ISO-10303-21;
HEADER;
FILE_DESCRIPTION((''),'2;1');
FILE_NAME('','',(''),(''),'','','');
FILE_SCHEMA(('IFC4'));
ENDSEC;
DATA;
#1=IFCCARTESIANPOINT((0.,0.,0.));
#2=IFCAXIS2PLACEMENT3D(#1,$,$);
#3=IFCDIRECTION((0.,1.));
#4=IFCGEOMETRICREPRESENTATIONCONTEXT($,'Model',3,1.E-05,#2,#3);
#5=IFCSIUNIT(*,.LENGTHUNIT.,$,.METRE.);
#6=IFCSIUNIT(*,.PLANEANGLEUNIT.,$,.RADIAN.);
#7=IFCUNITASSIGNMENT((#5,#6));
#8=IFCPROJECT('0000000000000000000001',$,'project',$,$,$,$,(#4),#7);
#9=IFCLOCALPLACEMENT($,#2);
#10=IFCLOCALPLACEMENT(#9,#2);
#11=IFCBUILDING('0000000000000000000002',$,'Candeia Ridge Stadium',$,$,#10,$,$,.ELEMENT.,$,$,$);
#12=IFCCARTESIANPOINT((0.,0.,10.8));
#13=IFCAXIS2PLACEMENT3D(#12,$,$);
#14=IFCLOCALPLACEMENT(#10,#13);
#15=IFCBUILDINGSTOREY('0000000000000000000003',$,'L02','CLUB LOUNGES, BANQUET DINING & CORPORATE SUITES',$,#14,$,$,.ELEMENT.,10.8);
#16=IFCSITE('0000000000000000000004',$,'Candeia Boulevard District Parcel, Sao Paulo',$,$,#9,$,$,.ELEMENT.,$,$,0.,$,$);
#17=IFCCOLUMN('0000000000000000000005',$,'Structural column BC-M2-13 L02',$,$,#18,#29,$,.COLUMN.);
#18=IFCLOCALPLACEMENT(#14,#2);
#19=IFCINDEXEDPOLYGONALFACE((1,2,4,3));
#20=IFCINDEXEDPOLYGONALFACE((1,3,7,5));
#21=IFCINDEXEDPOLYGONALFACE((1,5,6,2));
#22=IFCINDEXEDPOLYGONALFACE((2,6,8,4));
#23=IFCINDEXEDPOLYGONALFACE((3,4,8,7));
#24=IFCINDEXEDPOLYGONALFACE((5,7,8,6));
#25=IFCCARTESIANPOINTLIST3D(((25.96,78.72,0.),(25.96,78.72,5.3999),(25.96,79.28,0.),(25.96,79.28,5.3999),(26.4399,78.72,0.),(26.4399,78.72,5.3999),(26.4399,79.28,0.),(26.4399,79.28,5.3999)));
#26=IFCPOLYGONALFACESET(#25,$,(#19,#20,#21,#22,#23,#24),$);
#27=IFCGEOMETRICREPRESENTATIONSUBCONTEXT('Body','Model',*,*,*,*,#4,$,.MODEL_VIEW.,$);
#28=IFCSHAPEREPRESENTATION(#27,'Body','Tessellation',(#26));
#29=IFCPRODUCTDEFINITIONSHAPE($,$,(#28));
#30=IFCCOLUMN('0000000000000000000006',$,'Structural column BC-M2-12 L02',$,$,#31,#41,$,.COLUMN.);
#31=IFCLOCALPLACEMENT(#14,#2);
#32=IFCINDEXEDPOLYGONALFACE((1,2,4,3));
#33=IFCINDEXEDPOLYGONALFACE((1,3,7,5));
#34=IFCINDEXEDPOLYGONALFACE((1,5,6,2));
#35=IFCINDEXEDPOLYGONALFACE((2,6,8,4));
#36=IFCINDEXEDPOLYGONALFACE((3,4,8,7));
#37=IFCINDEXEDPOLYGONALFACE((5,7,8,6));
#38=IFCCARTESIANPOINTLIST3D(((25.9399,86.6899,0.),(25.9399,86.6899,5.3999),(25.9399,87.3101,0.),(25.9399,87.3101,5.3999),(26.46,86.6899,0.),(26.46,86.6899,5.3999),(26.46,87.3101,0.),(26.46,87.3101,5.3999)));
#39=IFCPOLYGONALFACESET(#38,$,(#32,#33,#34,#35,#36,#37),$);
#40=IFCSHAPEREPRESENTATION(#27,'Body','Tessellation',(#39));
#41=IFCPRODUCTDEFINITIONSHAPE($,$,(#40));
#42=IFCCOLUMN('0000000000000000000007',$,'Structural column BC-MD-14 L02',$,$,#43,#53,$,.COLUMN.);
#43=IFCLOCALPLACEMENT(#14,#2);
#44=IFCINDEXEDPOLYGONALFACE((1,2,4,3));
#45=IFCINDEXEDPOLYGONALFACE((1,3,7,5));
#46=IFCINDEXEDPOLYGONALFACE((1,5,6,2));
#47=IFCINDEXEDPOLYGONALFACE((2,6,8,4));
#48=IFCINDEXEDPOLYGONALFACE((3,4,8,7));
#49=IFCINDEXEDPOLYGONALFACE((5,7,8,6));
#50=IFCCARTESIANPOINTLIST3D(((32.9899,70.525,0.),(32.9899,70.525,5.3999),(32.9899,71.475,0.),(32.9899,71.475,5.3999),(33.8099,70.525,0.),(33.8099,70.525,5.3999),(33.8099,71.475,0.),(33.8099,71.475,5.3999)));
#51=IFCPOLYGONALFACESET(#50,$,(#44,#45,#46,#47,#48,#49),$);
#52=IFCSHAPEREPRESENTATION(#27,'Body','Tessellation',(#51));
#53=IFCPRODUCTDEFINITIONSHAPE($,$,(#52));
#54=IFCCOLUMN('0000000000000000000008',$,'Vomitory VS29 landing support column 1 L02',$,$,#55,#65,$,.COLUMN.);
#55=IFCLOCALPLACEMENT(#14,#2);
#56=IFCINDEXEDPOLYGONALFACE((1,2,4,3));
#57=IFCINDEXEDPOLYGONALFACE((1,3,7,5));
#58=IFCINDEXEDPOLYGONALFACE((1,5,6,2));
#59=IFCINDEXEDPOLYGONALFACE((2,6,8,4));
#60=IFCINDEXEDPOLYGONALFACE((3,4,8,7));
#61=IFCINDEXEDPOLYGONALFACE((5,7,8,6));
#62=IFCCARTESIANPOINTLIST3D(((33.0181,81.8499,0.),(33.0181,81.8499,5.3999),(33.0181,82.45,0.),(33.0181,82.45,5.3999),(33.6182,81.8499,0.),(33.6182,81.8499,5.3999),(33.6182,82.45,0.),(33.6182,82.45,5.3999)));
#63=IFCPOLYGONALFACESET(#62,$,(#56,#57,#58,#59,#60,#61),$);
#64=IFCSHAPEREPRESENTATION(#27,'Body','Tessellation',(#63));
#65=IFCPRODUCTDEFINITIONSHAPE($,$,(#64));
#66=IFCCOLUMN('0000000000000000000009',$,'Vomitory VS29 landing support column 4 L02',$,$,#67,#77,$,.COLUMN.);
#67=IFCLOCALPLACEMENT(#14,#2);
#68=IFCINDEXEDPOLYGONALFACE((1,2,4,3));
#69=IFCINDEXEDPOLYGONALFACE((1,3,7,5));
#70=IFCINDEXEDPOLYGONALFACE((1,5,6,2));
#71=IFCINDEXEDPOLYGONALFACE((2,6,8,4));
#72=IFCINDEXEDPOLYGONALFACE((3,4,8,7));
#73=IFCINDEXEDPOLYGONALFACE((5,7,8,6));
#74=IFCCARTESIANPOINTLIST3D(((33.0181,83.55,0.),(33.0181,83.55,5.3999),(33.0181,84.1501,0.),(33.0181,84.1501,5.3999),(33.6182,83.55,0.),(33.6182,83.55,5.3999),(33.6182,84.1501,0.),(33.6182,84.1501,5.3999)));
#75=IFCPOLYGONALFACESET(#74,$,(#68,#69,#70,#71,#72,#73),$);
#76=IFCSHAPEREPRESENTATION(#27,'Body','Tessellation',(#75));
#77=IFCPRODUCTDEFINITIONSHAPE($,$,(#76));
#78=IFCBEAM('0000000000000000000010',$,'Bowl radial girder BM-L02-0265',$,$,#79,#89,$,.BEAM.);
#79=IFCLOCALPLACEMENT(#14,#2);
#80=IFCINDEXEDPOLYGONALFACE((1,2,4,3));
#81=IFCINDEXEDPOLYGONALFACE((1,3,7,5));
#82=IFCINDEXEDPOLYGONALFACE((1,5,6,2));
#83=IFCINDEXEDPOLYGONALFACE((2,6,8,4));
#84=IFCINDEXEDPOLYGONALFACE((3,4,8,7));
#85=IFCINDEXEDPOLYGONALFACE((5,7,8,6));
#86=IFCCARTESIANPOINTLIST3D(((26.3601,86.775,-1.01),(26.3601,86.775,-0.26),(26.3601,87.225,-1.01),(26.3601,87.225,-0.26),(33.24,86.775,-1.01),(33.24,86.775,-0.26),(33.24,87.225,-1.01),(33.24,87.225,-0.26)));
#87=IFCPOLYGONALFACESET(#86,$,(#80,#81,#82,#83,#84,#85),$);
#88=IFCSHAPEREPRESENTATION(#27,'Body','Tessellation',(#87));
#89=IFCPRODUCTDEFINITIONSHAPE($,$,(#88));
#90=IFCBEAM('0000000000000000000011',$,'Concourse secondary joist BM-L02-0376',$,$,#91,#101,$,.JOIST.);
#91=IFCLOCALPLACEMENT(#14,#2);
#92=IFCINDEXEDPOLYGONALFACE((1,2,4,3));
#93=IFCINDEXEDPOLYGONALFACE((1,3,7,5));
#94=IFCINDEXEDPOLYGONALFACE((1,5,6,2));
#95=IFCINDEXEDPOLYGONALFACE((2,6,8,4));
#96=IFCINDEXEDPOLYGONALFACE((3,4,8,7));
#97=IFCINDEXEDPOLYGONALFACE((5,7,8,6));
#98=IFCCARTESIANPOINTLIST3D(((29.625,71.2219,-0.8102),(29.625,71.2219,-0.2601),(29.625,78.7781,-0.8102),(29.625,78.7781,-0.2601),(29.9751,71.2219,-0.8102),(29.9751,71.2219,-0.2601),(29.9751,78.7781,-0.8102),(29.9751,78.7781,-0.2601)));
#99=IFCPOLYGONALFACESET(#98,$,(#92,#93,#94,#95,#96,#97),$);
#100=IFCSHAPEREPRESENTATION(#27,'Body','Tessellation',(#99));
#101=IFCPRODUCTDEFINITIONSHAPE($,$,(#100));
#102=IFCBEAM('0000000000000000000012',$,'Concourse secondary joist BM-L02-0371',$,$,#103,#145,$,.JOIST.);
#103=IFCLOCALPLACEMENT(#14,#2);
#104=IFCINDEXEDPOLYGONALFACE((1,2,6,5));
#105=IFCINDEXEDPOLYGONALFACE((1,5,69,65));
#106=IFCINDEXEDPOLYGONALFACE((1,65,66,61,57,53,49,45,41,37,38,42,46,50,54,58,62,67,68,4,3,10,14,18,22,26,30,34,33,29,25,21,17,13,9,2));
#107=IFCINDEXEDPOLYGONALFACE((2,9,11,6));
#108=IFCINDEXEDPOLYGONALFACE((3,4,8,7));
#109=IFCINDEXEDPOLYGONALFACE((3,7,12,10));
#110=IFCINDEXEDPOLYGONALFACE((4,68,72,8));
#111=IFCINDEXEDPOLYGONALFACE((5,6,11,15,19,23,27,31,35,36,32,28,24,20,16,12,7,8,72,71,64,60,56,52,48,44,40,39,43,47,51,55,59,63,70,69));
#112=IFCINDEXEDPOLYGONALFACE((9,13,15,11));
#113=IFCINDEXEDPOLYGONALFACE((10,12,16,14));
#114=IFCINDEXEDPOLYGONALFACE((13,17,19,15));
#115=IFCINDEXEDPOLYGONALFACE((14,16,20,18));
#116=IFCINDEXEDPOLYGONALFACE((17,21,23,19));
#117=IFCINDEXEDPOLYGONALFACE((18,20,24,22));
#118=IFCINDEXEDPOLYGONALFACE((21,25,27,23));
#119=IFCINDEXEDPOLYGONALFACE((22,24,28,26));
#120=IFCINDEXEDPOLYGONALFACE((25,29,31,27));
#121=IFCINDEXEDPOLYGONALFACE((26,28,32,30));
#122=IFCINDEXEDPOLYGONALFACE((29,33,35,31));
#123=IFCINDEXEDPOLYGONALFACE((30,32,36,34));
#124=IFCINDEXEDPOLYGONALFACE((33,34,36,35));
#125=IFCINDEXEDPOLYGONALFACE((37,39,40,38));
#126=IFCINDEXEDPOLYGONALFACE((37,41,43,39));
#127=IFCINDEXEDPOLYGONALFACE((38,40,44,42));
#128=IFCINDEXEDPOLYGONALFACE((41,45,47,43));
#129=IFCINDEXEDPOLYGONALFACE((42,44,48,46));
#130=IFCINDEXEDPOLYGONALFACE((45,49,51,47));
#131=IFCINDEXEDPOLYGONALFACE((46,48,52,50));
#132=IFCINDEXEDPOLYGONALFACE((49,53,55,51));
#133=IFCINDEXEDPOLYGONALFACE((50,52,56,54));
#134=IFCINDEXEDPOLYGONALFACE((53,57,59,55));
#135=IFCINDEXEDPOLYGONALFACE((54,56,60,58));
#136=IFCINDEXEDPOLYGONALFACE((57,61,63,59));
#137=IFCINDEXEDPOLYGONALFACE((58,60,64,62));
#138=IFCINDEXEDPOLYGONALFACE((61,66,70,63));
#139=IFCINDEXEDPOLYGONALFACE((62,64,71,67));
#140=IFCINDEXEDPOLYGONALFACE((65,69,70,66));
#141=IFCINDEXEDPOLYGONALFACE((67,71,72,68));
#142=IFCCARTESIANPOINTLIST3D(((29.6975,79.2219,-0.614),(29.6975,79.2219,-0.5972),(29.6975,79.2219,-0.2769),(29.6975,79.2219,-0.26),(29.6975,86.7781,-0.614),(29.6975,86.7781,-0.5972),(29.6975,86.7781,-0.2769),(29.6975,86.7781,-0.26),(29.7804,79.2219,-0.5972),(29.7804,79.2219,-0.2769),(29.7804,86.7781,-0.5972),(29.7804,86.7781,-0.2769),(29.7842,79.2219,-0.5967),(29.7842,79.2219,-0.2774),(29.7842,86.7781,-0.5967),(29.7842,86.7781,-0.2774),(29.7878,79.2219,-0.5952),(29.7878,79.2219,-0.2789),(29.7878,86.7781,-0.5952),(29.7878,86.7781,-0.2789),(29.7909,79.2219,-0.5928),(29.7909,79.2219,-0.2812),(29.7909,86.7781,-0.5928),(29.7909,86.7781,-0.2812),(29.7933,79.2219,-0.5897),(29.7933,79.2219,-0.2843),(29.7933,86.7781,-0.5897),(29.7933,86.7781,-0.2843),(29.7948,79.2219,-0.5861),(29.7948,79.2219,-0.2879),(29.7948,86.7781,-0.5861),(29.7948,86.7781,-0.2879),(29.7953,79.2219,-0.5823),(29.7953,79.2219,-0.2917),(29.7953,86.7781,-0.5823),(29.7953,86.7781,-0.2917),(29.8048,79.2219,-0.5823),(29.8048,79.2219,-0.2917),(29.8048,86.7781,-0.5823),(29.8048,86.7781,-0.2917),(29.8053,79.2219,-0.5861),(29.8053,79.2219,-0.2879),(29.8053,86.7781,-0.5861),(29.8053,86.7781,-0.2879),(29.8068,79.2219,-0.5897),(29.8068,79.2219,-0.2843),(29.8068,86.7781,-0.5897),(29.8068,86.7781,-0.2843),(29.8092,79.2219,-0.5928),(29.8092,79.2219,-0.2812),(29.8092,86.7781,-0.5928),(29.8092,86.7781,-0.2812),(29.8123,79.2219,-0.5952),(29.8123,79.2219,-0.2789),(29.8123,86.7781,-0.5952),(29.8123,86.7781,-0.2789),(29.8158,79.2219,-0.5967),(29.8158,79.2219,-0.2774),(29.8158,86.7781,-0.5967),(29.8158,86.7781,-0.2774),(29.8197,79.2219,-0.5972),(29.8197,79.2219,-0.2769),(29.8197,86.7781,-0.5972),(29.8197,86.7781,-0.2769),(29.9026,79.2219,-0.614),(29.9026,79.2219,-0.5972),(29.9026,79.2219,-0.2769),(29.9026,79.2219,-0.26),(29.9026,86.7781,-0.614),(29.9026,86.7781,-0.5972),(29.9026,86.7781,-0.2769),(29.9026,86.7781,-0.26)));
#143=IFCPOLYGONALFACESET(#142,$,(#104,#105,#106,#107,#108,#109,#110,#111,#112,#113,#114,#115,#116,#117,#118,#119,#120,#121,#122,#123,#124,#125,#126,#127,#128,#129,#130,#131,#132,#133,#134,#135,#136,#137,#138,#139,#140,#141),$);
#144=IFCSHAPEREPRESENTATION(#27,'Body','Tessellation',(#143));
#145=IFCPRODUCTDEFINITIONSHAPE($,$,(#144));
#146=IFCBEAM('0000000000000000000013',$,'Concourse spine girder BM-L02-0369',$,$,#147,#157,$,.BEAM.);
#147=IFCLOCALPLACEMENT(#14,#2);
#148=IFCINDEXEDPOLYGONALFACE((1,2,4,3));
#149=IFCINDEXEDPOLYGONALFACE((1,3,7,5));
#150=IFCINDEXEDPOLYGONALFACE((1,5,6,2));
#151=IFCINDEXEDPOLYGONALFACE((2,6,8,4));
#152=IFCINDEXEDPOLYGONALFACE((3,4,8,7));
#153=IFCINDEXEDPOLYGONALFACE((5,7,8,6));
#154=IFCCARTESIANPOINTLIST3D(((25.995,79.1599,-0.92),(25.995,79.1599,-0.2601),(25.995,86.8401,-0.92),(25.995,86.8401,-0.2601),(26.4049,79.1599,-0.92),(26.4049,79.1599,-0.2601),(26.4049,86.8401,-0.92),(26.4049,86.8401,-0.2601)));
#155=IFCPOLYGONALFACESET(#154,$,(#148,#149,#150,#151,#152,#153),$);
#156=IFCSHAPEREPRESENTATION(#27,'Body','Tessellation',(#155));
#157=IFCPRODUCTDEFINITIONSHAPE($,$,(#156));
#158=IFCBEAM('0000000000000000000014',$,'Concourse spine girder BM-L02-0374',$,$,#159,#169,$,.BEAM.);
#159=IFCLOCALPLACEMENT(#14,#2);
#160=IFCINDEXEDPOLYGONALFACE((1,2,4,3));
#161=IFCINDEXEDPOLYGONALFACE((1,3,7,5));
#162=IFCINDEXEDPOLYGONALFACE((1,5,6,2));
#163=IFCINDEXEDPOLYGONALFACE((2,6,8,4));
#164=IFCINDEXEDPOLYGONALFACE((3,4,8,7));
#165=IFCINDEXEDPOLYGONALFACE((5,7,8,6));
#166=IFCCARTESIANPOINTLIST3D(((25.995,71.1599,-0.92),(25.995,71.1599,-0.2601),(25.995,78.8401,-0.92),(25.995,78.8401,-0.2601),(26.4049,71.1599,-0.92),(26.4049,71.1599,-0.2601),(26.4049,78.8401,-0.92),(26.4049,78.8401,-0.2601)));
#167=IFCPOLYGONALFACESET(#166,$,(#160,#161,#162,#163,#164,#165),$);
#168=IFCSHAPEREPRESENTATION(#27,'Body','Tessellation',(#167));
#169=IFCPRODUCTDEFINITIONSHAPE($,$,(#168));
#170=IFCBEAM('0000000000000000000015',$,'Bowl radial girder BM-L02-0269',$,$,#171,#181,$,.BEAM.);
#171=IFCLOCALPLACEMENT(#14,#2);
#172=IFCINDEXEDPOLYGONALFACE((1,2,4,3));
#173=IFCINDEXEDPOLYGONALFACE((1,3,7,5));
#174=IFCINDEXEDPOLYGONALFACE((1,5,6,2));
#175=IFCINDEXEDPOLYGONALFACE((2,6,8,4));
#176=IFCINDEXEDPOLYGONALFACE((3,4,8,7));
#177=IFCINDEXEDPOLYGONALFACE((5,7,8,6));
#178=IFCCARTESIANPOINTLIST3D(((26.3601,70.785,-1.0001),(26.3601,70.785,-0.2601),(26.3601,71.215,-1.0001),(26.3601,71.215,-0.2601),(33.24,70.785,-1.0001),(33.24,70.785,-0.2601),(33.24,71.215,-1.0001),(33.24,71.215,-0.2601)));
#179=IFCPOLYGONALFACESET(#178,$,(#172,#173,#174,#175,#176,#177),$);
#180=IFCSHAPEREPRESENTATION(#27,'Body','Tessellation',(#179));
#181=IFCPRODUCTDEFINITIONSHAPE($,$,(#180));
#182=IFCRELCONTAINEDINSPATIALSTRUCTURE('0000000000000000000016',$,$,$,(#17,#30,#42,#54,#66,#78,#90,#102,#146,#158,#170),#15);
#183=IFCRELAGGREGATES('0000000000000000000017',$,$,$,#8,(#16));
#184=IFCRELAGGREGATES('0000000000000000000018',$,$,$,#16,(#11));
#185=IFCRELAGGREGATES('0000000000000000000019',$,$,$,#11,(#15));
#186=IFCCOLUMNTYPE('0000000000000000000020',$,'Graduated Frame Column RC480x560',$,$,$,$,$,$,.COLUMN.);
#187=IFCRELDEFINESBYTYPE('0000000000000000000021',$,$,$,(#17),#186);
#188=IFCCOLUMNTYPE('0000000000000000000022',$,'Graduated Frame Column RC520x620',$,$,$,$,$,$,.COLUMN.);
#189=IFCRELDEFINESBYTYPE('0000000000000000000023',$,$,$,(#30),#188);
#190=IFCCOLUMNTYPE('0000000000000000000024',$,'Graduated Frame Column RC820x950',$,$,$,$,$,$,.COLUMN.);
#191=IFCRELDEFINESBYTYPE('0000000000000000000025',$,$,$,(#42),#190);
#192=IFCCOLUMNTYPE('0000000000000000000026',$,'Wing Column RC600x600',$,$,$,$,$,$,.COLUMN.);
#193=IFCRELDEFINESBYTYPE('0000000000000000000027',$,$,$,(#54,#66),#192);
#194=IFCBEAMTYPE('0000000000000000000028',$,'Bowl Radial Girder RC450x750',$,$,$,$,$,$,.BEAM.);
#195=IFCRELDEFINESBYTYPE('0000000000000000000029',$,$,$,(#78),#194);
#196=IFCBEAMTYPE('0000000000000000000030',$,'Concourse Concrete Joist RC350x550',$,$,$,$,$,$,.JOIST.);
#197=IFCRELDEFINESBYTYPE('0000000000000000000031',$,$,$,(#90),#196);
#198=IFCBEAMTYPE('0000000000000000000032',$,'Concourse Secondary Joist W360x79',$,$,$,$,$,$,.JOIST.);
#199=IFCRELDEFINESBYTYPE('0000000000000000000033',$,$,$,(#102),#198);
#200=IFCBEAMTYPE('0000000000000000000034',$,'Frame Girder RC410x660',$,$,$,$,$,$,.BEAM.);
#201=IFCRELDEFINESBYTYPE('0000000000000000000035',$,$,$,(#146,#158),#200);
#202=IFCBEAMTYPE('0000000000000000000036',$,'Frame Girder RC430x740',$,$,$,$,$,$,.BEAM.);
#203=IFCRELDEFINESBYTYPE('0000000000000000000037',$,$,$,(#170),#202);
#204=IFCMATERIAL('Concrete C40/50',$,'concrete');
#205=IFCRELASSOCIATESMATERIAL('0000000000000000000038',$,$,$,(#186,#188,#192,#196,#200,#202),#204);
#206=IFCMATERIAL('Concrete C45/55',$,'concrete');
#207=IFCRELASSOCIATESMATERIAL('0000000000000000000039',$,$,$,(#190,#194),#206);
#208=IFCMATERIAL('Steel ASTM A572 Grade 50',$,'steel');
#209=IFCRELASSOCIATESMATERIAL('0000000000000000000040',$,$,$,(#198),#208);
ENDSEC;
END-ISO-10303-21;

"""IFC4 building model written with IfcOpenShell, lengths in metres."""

from ifc_helpers import new_model, si_unit, direction, frame, origin, origin_2d, place, context, subcontext, project, spatial, rectangle, i_section, extrude, material, material_profile, profile_set, type_object, element, save


model = new_model("IFC4")

# Units and contexts
model_context = context("Model", 3, precision=1e-05, world=origin(), true_north=direction((0.0, 1.0)))
body_context = subcontext(model_context, "Body", "Model", "MODEL_VIEW")
ifc_project = project(units=[si_unit("LENGTHUNIT", "METRE"), si_unit("PLANEANGLEUNIT", "RADIAN")], contexts=[model_context])

# Site, building, storey
site_placement = place(None, origin())
site = spatial("IfcSite", under=ifc_project, at=site_placement, Name="Candeia Boulevard District Parcel, Sao Paulo", CompositionType="ELEMENT", RefElevation=0.0)
building_placement = place(site_placement, origin())
building = spatial("IfcBuilding", under=site, at=building_placement, Name="Candeia Ridge Stadium", CompositionType="ELEMENT")
storey_placement = place(building_placement, frame((0.0, 0.0, 10.8)))
storey = spatial("IfcBuildingStorey", under=building, at=storey_placement, Name="L02", Description="CLUB LOUNGES, BANQUET DINING & CORPORATE SUITES", CompositionType="ELEMENT", Elevation=10.8)

# Columns
ifc_material_1 = material(Name="Concrete C40/50", Category="concrete")
ifc_material_profile_1 = material_profile(ifc_material_1, rectangle(XDim=0.48, YDim=0.5601, at=origin_2d()), Name="RC480x560", Category="concrete")
ifc_profile_set_1 = profile_set([ifc_material_profile_1], Name="Concrete C40/50")
column_type_1 = type_object("IfcColumnType", Name="Graduated Frame Column RC480x560", PredefinedType="COLUMN", material=ifc_profile_set_1)
column_1_placement = place(storey_placement, frame((26.2, 79.0, 0.0), z_axis=(0.0, 0.0, 1.0), x_axis=(1.0, 0.0, 0.0)))
element("IfcColumn", 1, at=column_1_placement, inside=storey, type_object=column_type_1, Name="Structural column BC-M2-13 L02", PredefinedType="COLUMN", context=body_context, shape_type="SweptSolid", body=[
    extrude(rectangle(XDim=0.48, YDim=0.5601, at=origin_2d()), origin(), (0.0, 0.0, 1.0), 5.3999),
])
ifc_material_profile_2 = material_profile(ifc_material_1, rectangle(XDim=0.52, YDim=0.6201, at=origin_2d()), Name="RC520x620", Category="concrete")
ifc_profile_set_2 = profile_set([ifc_material_profile_2], Name="Concrete C40/50")
column_type_2 = type_object("IfcColumnType", Name="Graduated Frame Column RC520x620", PredefinedType="COLUMN", material=ifc_profile_set_2)
column_2_placement = place(storey_placement, frame((26.2, 87.0, 0.0), z_axis=(0.0, 0.0, 1.0), x_axis=(1.0, 0.0, 0.0)))
element("IfcColumn", 2, at=column_2_placement, inside=storey, type_object=column_type_2, Name="Structural column BC-M2-12 L02", PredefinedType="COLUMN", context=body_context, shape_type="SweptSolid", body=[
    extrude(rectangle(XDim=0.52, YDim=0.6201, at=origin_2d()), origin(), (0.0, 0.0, 1.0), 5.3999),
])
ifc_material_2 = material(Name="Concrete C45/55", Category="concrete")
ifc_material_profile_3 = material_profile(ifc_material_2, rectangle(XDim=0.8201, YDim=0.95, at=origin_2d()), Name="RC820x950", Category="concrete")
ifc_profile_set_3 = profile_set([ifc_material_profile_3], Name="Concrete C45/55")
column_type_3 = type_object("IfcColumnType", Name="Graduated Frame Column RC820x950", PredefinedType="COLUMN", material=ifc_profile_set_3)
column_3_placement = place(storey_placement, frame((33.3999, 71.0, 0.0), z_axis=(0.0, 0.0, 1.0), x_axis=(1.0, 0.0, 0.0)))
element("IfcColumn", 3, at=column_3_placement, inside=storey, type_object=column_type_3, Name="Structural column BC-MD-14 L02", PredefinedType="COLUMN", context=body_context, shape_type="SweptSolid", body=[
    extrude(rectangle(XDim=0.8201, YDim=0.95, at=origin_2d()), origin(), (0.0, 0.0, 1.0), 5.3999),
])
ifc_material_profile_4 = material_profile(ifc_material_1, rectangle(XDim=0.6001, YDim=0.6001, at=origin_2d()), Name="RC600x600", Category="concrete")
ifc_profile_set_4 = profile_set([ifc_material_profile_4], Name="Concrete C40/50")
column_type_4 = type_object("IfcColumnType", Name="Wing Column RC600x600", PredefinedType="COLUMN", material=ifc_profile_set_4)
for number, where, z_axis, x_axis, name in (
    (4, (33.3181, 82.1499, 0.0), (0.0, 0.0, 1.0), (1.0, 0.0, 0.0), "Vomitory VS29 landing support column 1 L02"),
    (5, (33.3181, 83.8501, 0.0), (0.0, 0.0, 1.0), (1.0, 0.0, 0.0), "Vomitory VS29 landing support column 4 L02"),
):
    element("IfcColumn", number, at=place(storey_placement, frame(where, z_axis=z_axis, x_axis=x_axis)), inside=storey, type_object=column_type_4, Name=name, PredefinedType="COLUMN", context=body_context, shape_type="SweptSolid", body=[
        extrude(rectangle(XDim=0.6001, YDim=0.6001, at=origin_2d()), origin(), (0.0, 0.0, 1.0), 5.3999),
    ])

# Beams
ifc_material_profile_5 = material_profile(ifc_material_2, rectangle(XDim=0.45, YDim=0.75, at=origin_2d()), Name="RC450x750", Category="concrete")
ifc_profile_set_5 = profile_set([ifc_material_profile_5], Name="Concrete C45/55")
beam_type_1 = type_object("IfcBeamType", Name="Bowl Radial Girder RC450x750", PredefinedType="BEAM", material=ifc_profile_set_5)
beam_1_placement = place(storey_placement, frame((33.24, 87.0, -0.635), z_axis=(-1.0, 0.0, 0.0), x_axis=(0.0, -1.0, 0.0)))
element("IfcBeam", 6, at=beam_1_placement, inside=storey, type_object=beam_type_1, Name="Bowl radial girder BM-L02-0265", PredefinedType="BEAM", context=body_context, shape_type="SweptSolid", body=[
    extrude(rectangle(XDim=0.45, YDim=0.75, at=origin_2d()), origin(), (0.0, 0.0, 1.0), 6.8799),
])
ifc_material_profile_6 = material_profile(ifc_material_1, rectangle(XDim=0.3501, YDim=0.55, at=origin_2d()), Name="RC350x550", Category="concrete")
ifc_profile_set_6 = profile_set([ifc_material_profile_6], Name="Concrete C40/50")
beam_type_2 = type_object("IfcBeamType", Name="Concourse Concrete Joist RC350x550", PredefinedType="JOIST", material=ifc_profile_set_6)
beam_2_placement = place(storey_placement, frame((29.8, 78.7781, -0.5352), z_axis=(0.0, -1.0, 0.0), x_axis=(1.0, 0.0, 0.0)))
element("IfcBeam", 7, at=beam_2_placement, inside=storey, type_object=beam_type_2, Name="Concourse secondary joist BM-L02-0376", PredefinedType="JOIST", context=body_context, shape_type="SweptSolid", body=[
    extrude(rectangle(XDim=0.3501, YDim=0.55, at=origin_2d()), origin(), (0.0, 0.0, 1.0), 7.5562),
])
ifc_material_3 = material(Name="Steel ASTM A572 Grade 50", Category="steel")
ifc_material_profile_7 = material_profile(ifc_material_3, i_section(OverallWidth=0.2051, OverallDepth=0.354, WebThickness=0.0095, FlangeThickness=0.0168, FilletRadius=0.0149, at=origin_2d()), Name="W360x79", Category="steel")
ifc_profile_set_7 = profile_set([ifc_material_profile_7], Name="Steel ASTM A572 Grade 50")
beam_type_3 = type_object("IfcBeamType", Name="Concourse Secondary Joist W360x79", PredefinedType="JOIST", material=ifc_profile_set_7)
beam_3_placement = place(storey_placement, frame((29.8, 86.7781, -0.437), z_axis=(0.0, -1.0, 0.0), x_axis=(1.0, 0.0, 0.0)))
element("IfcBeam", 8, at=beam_3_placement, inside=storey, type_object=beam_type_3, Name="Concourse secondary joist BM-L02-0371", PredefinedType="JOIST", context=body_context, shape_type="SweptSolid", body=[
    extrude(i_section(OverallWidth=0.2051, OverallDepth=0.354, WebThickness=0.0095, FlangeThickness=0.0168, FilletRadius=0.0149, at=origin_2d()), origin(), (0.0, 0.0, 1.0), 7.5562),
])
ifc_material_profile_8 = material_profile(ifc_material_1, rectangle(XDim=0.4099, YDim=0.6599, at=origin_2d()), Name="RC410x660", Category="concrete")
ifc_profile_set_8 = profile_set([ifc_material_profile_8], Name="Concrete C40/50")
beam_type_4 = type_object("IfcBeamType", Name="Frame Girder RC410x660", PredefinedType="BEAM", material=ifc_profile_set_8)
for number, where, z_axis, x_axis, name in (
    (9, (26.2, 86.8401, -0.5901), (0.0, -1.0, 0.0), (1.0, 0.0, 0.0), "Concourse spine girder BM-L02-0369"),
    (10, (26.2, 78.8401, -0.5901), (0.0, -1.0, 0.0), (1.0, 0.0, 0.0), "Concourse spine girder BM-L02-0374"),
):
    element("IfcBeam", number, at=place(storey_placement, frame(where, z_axis=z_axis, x_axis=x_axis)), inside=storey, type_object=beam_type_4, Name=name, PredefinedType="BEAM", context=body_context, shape_type="SweptSolid", body=[
        extrude(rectangle(XDim=0.4099, YDim=0.6599, at=origin_2d()), origin(), (0.0, 0.0, 1.0), 7.6802),
    ])
ifc_material_profile_9 = material_profile(ifc_material_1, rectangle(XDim=0.4299, YDim=0.74, at=origin_2d()), Name="RC430x740", Category="concrete")
ifc_profile_set_9 = profile_set([ifc_material_profile_9], Name="Concrete C40/50")
beam_type_5 = type_object("IfcBeamType", Name="Frame Girder RC430x740", PredefinedType="BEAM", material=ifc_profile_set_9)
beam_4_placement = place(storey_placement, frame((33.24, 71.0, -0.6301), z_axis=(-1.0, 0.0, 0.0), x_axis=(0.0, -1.0, 0.0)))
element("IfcBeam", 11, at=beam_4_placement, inside=storey, type_object=beam_type_5, Name="Bowl radial girder BM-L02-0269", PredefinedType="BEAM", context=body_context, shape_type="SweptSolid", body=[
    extrude(rectangle(XDim=0.4299, YDim=0.74, at=origin_2d()), origin(), (0.0, 0.0, 1.0), 6.8799),
])

save(model, "model.ifc")
